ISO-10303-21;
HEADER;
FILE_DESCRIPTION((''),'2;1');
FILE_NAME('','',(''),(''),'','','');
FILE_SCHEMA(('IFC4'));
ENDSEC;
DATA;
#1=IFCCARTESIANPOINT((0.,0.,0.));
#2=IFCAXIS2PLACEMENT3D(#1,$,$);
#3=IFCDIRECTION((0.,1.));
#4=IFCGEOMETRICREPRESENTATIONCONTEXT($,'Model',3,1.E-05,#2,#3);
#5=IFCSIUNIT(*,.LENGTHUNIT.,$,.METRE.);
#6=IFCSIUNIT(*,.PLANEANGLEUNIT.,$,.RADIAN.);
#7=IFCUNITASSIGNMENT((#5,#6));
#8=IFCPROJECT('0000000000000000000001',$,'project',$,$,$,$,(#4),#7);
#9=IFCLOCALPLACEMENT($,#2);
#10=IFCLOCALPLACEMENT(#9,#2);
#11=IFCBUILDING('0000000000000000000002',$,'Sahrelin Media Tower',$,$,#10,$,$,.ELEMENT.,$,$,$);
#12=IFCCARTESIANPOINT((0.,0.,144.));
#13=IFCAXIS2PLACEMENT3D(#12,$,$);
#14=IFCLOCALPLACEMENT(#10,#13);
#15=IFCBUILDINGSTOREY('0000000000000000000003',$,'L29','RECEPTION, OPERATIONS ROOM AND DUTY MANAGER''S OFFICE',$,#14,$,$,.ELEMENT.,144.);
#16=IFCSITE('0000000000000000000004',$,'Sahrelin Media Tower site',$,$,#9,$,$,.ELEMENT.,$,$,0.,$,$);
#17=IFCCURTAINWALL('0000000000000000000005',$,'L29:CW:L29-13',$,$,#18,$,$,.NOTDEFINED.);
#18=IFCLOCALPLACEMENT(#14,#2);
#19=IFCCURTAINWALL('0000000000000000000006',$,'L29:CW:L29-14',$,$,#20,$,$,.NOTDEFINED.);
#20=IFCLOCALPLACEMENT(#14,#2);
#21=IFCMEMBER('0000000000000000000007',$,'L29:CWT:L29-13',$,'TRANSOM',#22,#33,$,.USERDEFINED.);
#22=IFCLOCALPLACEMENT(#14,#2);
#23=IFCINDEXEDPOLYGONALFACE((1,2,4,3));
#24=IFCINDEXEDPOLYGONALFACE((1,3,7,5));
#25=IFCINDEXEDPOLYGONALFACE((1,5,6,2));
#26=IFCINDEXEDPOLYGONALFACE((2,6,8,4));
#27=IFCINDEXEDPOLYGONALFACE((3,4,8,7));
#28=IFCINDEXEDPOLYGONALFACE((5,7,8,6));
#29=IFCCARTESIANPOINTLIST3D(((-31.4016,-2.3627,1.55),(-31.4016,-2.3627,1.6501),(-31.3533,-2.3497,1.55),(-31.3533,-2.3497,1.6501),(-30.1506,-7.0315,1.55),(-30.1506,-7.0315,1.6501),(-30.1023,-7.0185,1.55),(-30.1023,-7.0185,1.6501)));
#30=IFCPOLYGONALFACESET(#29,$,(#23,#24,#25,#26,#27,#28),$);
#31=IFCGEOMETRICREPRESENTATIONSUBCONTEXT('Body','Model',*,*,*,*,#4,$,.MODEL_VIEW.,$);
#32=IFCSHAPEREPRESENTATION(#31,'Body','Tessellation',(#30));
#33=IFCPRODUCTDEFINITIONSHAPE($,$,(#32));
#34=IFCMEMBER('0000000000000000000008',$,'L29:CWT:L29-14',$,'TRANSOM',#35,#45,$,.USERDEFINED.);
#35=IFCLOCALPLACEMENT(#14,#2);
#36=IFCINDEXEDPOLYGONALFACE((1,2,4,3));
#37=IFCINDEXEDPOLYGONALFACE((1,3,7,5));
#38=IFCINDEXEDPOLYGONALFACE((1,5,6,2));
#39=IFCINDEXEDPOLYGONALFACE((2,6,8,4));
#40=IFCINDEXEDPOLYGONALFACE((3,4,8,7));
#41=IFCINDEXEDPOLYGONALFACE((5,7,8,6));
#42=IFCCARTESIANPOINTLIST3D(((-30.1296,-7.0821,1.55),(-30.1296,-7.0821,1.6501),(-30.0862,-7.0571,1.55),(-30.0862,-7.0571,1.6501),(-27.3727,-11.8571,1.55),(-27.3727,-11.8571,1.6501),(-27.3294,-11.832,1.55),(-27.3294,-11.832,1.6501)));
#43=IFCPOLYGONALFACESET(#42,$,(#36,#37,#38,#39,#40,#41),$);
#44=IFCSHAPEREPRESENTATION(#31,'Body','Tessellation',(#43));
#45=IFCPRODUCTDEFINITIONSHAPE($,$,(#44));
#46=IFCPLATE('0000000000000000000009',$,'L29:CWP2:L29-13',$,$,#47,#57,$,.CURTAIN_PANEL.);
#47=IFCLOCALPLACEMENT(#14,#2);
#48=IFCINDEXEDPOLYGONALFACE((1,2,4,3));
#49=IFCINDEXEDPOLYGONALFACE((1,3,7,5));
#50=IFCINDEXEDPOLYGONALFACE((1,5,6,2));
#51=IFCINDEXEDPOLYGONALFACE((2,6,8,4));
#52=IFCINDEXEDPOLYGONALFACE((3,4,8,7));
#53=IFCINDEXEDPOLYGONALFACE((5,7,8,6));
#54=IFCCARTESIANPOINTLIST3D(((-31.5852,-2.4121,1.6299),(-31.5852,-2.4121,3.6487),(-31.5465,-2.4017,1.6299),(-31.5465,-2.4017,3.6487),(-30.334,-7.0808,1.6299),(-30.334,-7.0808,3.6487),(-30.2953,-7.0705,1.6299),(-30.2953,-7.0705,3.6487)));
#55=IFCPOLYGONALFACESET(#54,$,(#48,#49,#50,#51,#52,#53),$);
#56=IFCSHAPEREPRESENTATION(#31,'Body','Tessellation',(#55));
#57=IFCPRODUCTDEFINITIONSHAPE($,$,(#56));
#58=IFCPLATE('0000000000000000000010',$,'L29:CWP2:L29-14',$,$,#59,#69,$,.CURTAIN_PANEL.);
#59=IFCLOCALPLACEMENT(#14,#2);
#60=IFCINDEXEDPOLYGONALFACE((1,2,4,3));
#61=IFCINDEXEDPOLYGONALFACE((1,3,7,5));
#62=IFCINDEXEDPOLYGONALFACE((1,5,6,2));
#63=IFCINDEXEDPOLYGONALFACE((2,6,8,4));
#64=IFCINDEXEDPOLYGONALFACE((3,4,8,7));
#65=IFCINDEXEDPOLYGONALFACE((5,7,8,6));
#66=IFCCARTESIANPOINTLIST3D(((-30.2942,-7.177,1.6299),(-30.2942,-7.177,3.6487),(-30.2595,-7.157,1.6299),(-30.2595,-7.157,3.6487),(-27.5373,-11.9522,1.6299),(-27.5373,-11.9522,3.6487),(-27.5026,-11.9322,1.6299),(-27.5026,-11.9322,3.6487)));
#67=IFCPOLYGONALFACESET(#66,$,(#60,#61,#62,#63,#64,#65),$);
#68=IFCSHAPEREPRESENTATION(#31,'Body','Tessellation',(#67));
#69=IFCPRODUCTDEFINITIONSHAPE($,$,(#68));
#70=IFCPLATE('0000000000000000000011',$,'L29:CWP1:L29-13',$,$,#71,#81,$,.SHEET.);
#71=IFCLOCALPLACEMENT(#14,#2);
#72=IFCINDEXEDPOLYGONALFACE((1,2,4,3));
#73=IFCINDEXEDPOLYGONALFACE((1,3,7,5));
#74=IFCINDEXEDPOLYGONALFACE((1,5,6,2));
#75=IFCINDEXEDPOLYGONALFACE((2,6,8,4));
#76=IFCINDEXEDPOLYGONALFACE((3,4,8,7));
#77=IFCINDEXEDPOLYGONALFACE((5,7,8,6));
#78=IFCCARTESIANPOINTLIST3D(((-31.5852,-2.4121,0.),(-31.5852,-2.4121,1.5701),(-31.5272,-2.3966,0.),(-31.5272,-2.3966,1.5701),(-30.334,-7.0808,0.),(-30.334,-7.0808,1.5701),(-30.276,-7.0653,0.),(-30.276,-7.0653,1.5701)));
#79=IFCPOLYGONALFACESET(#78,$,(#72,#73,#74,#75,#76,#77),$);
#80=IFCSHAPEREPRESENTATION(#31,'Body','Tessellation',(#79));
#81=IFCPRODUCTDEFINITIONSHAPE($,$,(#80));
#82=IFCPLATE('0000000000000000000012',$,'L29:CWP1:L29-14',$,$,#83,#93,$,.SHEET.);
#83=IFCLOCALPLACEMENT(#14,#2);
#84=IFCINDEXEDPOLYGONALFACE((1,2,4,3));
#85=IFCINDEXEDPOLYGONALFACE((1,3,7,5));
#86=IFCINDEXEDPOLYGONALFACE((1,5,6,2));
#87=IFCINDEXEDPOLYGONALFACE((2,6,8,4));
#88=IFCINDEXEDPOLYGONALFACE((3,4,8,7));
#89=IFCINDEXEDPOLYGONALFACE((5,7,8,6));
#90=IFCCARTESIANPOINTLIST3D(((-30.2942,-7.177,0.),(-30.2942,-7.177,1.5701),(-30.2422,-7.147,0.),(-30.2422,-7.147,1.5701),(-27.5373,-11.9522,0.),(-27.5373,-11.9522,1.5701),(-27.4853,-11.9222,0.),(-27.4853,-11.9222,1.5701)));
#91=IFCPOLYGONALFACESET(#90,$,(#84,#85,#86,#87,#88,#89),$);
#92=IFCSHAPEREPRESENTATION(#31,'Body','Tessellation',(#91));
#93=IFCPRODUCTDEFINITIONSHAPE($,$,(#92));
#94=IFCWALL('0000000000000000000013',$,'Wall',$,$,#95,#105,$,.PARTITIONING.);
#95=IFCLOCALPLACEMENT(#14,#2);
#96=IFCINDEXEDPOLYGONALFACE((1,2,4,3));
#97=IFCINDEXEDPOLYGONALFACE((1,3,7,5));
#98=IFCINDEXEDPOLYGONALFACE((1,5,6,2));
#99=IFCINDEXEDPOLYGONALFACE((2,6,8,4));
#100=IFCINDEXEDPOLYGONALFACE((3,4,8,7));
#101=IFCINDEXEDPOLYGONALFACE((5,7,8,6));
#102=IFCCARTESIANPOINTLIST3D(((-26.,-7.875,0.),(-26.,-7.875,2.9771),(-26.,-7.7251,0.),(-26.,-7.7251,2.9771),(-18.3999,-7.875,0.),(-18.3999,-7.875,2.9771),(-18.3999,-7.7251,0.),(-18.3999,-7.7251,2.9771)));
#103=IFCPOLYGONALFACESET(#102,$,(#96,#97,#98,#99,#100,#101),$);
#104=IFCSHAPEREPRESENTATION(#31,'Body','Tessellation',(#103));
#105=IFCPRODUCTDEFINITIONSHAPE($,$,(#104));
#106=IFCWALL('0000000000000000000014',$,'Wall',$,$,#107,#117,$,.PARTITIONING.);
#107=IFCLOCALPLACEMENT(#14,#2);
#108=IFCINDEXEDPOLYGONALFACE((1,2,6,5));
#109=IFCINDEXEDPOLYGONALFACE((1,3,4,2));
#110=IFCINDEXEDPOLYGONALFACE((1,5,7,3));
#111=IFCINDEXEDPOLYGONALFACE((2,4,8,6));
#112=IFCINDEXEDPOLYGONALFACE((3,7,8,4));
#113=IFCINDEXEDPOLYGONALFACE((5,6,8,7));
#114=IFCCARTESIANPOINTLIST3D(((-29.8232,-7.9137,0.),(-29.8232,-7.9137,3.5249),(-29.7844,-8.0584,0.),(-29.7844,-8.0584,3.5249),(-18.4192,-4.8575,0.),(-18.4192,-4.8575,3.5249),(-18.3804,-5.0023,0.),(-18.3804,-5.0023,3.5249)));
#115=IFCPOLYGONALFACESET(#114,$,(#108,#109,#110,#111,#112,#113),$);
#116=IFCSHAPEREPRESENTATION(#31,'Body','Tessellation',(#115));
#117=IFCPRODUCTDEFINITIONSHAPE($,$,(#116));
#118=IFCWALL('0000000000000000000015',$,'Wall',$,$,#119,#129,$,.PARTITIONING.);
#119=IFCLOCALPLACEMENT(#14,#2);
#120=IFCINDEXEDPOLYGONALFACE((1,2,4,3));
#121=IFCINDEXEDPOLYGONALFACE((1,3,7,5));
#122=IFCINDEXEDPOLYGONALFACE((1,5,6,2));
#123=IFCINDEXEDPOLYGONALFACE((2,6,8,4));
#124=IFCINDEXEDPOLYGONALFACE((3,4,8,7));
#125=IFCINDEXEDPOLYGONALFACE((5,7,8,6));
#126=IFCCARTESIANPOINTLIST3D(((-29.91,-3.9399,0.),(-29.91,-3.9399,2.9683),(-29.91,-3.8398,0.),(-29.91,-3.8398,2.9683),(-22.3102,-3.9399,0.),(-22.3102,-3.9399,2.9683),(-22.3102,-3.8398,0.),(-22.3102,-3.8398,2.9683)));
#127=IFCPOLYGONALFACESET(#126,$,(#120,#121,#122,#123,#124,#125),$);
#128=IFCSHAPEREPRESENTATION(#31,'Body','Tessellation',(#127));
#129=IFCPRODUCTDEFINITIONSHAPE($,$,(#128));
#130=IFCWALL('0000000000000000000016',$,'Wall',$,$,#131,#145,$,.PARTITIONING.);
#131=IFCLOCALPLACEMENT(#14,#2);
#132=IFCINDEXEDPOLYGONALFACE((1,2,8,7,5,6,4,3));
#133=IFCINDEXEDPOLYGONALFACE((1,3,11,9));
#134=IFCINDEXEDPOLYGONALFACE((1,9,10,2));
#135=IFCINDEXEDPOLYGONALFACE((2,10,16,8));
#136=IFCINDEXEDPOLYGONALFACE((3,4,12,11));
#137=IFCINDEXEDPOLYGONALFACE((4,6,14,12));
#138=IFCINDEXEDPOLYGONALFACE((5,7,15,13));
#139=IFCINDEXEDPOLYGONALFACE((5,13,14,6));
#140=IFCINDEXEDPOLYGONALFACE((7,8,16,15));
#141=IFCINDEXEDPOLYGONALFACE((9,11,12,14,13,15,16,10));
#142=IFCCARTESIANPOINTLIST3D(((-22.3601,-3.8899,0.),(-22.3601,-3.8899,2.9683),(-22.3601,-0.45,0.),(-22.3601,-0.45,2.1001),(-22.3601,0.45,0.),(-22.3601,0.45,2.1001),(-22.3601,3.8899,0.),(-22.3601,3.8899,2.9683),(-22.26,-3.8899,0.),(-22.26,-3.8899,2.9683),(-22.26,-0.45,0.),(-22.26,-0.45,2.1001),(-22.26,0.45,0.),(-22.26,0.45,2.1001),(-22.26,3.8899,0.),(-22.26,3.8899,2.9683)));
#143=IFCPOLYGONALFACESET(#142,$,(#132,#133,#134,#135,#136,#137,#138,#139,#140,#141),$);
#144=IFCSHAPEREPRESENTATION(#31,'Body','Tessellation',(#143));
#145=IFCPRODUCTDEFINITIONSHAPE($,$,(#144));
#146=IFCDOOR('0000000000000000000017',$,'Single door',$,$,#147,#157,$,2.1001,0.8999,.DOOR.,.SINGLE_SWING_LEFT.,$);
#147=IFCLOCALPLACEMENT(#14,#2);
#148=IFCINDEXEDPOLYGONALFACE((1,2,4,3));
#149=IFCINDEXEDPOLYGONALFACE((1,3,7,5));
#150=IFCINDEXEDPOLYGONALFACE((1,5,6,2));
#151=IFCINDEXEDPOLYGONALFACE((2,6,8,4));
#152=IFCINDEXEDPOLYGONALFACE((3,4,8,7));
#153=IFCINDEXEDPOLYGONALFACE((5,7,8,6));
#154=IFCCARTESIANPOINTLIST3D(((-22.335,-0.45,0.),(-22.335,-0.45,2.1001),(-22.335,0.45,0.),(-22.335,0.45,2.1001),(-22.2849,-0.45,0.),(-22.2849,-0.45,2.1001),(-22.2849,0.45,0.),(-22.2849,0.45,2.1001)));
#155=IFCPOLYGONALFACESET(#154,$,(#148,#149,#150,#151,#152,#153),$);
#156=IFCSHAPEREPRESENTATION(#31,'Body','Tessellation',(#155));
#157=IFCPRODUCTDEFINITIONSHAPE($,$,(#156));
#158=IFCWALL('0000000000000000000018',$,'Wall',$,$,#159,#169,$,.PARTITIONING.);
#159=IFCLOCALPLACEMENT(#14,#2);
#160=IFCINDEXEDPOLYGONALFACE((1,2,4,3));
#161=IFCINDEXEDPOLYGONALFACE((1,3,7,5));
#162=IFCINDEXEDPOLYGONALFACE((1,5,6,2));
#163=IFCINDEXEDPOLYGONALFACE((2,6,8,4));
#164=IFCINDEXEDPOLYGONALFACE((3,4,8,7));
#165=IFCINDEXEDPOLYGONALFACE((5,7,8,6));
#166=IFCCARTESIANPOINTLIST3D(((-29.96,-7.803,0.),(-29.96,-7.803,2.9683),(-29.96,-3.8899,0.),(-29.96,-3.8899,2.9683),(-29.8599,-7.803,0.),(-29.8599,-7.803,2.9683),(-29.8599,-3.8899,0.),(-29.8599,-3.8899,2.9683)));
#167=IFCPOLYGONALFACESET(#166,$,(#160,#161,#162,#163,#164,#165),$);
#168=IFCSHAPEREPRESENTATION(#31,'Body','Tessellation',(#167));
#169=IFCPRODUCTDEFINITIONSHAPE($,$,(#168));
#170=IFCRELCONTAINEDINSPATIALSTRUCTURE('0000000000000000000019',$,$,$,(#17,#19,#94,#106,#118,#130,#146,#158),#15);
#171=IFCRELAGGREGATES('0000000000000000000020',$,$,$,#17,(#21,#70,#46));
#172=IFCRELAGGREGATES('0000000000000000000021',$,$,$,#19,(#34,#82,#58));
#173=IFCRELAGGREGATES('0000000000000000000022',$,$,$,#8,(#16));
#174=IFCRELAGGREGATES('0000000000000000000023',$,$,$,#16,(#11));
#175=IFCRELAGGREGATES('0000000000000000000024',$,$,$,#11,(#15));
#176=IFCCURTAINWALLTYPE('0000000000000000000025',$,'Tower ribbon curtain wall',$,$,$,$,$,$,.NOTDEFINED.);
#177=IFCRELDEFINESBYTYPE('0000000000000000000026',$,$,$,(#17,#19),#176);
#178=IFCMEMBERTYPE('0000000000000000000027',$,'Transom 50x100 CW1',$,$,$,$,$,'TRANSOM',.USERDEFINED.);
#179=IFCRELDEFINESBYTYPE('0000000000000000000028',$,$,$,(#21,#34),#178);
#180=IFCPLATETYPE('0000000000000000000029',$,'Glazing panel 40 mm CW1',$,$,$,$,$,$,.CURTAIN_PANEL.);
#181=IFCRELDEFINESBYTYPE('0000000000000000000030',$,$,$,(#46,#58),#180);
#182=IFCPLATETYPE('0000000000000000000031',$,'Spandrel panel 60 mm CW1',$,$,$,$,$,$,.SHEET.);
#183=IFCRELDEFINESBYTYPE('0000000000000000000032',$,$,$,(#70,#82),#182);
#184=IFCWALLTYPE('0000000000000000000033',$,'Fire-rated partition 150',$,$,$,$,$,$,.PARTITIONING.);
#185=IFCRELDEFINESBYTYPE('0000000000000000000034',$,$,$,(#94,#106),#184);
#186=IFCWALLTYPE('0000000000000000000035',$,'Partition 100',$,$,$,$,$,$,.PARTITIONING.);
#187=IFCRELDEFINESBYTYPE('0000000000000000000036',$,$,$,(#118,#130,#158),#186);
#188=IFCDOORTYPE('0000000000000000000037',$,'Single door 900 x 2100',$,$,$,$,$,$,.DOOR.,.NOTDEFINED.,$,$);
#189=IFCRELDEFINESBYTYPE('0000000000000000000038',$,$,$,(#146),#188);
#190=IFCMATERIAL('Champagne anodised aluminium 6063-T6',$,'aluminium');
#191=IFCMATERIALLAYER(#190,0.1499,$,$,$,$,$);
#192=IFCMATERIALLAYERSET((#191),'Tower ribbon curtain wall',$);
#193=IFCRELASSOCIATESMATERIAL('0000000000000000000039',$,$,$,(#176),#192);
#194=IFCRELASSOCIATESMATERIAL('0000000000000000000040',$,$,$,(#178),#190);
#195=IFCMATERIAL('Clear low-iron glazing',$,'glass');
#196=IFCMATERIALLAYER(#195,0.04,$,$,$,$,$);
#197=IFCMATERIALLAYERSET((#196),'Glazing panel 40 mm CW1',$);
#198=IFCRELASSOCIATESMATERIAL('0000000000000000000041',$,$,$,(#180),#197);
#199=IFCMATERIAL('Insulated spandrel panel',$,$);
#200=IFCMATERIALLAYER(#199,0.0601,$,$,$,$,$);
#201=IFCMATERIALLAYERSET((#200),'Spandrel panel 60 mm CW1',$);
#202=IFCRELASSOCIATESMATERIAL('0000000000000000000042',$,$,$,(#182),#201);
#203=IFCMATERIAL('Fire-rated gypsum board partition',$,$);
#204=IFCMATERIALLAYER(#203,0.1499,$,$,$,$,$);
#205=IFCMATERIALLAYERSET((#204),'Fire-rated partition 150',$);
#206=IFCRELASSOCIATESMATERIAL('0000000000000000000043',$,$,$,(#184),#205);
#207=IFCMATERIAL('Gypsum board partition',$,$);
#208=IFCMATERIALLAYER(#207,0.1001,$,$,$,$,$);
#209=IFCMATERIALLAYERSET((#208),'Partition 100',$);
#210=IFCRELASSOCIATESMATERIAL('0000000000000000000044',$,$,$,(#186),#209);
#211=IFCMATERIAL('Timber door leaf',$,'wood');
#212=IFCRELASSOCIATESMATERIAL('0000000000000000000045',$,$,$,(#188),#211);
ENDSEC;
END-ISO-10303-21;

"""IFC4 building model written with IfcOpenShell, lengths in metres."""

from ifc_helpers import new_model, si_unit, direction, frame, frame_2d, origin, origin_2d, place, context, subcontext, project, spatial, polyline, rectangle, outline, extrude, material, layer, layer_set, material_profile, profile_set, type_object, element, fill, aggregate, save


model = new_model("IFC4")

# Units and contexts
model_context = context("Model", 3, precision=1e-05, world=origin(), true_north=direction((0.0, 1.0)))
body_context = subcontext(model_context, "Body", "Model", "MODEL_VIEW")
ifc_project = project(units=[si_unit("LENGTHUNIT", "METRE"), si_unit("PLANEANGLEUNIT", "RADIAN")], contexts=[model_context])

# Site, building, storey
site_placement = place(None, origin())
site = spatial("IfcSite", under=ifc_project, at=site_placement, Name="Sahrelin Media Tower site", CompositionType="ELEMENT", RefElevation=0.0)
building_placement = place(site_placement, origin())
building = spatial("IfcBuilding", under=site, at=building_placement, Name="Sahrelin Media Tower", CompositionType="ELEMENT")
storey_placement = place(building_placement, frame((0.0, 0.0, 144.0)))
storey = spatial("IfcBuildingStorey", under=building, at=storey_placement, Name="L29", Description="RECEPTION, OPERATIONS ROOM AND DUTY MANAGER'S OFFICE", CompositionType="ELEMENT", Elevation=144.0)

# Curtain walls
ifc_material_1 = material(Name="Champagne anodised aluminium 6063-T6", Category="aluminium")
ifc_layer_1 = layer(ifc_material_1, 0.1499)
ifc_layer_set_1 = layer_set([ifc_layer_1], Name="Tower ribbon curtain wall")
curtain_wall_type = type_object("IfcCurtainWallType", Name="Tower ribbon curtain wall", PredefinedType="NOTDEFINED", material=ifc_layer_set_1)
curtain_wall_1_placement = place(storey_placement, frame((-30.9402, -4.7412, 0.0), z_axis=(0.0, 0.0, 1.0), x_axis=(1.0, 0.0, 0.0)))
curtain_wall_1 = element("IfcCurtainWall", 1, at=curtain_wall_1_placement, inside=storey, type_object=curtain_wall_type, Name="L29:CW:L29-13", PredefinedType="NOTDEFINED")
curtain_wall_2_placement = place(storey_placement, frame((-28.8984, -9.5547, 0.0), z_axis=(0.0, 0.0, 1.0), x_axis=(1.0, 0.0, 0.0)))
curtain_wall_2 = element("IfcCurtainWall", 2, at=curtain_wall_2_placement, inside=storey, type_object=curtain_wall_type, Name="L29:CW:L29-14", PredefinedType="NOTDEFINED")

# Members
ifc_material_profile_1 = material_profile(ifc_material_1, rectangle(XDim=0.05, YDim=0.1001, at=origin_2d()), Name="Transom 50x100")
ifc_profile_set_1 = profile_set([ifc_material_profile_1], Name="Champagne anodised aluminium 6063-T6")
member_type_1 = type_object("IfcMemberType", Name="Transom 50x100 CW1", ElementType="TRANSOM", PredefinedType="USERDEFINED", material=ifc_profile_set_1)
member_1_placement = place(storey_placement, frame((-31.3774, -2.3562, 1.6001), z_axis=(0.258819, -0.965926, 0.0), x_axis=(0.965926, 0.258819, 0.0)))
member_1 = element("IfcMember", 3, at=member_1_placement, type_object=member_type_1, Name="L29:CWT:L29-13", ObjectType="TRANSOM", PredefinedType="USERDEFINED", context=body_context, shape_type="SweptSolid", body=[
    extrude(rectangle(XDim=0.05, YDim=0.1001, at=origin_2d()), origin(), (0.0, 0.0, 1.0), 4.8335),
])
member_2_placement = place(storey_placement, frame((-30.1079, -7.0696, 1.6001), z_axis=(0.500006, -0.866022, 0.0), x_axis=(0.866022, 0.500006, 0.0)))
member_2 = element("IfcMember", 4, at=member_2_placement, type_object=member_type_1, Name="L29:CWT:L29-14", ObjectType="TRANSOM", PredefinedType="USERDEFINED", context=body_context, shape_type="SweptSolid", body=[
    extrude(rectangle(XDim=0.05, YDim=0.1001, at=origin_2d()), origin(), (0.0, 0.0, 1.0), 5.5137),
])

# Plates
ifc_material_2 = material(Name="Clear low-iron glazing", Category="glass")
ifc_layer_2 = layer(ifc_material_2, 0.04)
ifc_layer_set_2 = layer_set([ifc_layer_2], Name="Glazing panel 40 mm CW1")
plate_type_1 = type_object("IfcPlateType", Name="Glazing panel 40 mm CW1", PredefinedType="CURTAIN_PANEL", material=ifc_layer_set_2)
plate_1_placement = place(storey_placement, frame((-31.5852, -2.4121, 1.6299), z_axis=(-0.965913, -0.258867, 0.0), x_axis=(0.258867, -0.965913, 0.0)))
plate_1 = element("IfcPlate", 5, at=plate_1_placement, type_object=plate_type_1, Name="L29:CWP2:L29-13", PredefinedType="CURTAIN_PANEL", context=body_context, shape_type="SweptSolid", body=[
    extrude(outline(polyline([(0.0, 0.0), (4.8335, 0.0), (4.8335, 2.0188), (0.0, 2.0188), (0.0, 0.0)])), origin(), (0.0, 0.0, -1.0), 0.04),
])
plate_2_placement = place(storey_placement, frame((-30.2942, -7.177, 1.6299), z_axis=(-0.866033, -0.499987, 0.0), x_axis=(0.499987, -0.866033, 0.0)))
plate_2 = element("IfcPlate", 6, at=plate_2_placement, type_object=plate_type_1, Name="L29:CWP2:L29-14", PredefinedType="CURTAIN_PANEL", context=body_context, shape_type="SweptSolid", body=[
    extrude(outline(polyline([(0.0, 0.0), (5.5139, 0.0), (5.5139, 2.0188), (0.0, 2.0188), (0.0, 0.0)])), origin(), (0.0, 0.0, -1.0), 0.04),
])
ifc_material_3 = material(Name="Insulated spandrel panel")
ifc_layer_3 = layer(ifc_material_3, 0.0601)
ifc_layer_set_3 = layer_set([ifc_layer_3], Name="Spandrel panel 60 mm CW1")
plate_type_2 = type_object("IfcPlateType", Name="Spandrel panel 60 mm CW1", PredefinedType="SHEET", material=ifc_layer_set_3)
plate_3_placement = place(storey_placement, frame((-31.5852, -2.4121, 0.0), z_axis=(-0.965913, -0.258867, 0.0), x_axis=(0.258867, -0.965913, 0.0)))
plate_3 = element("IfcPlate", 7, at=plate_3_placement, type_object=plate_type_2, Name="L29:CWP1:L29-13", PredefinedType="SHEET", context=body_context, shape_type="SweptSolid", body=[
    extrude(outline(polyline([(0.0, 0.0), (4.8335, 0.0), (4.8335, 1.5701), (0.0, 1.5701), (0.0, 0.0)])), origin(), (0.0, 0.0, -1.0), 0.0601),
])
aggregate(curtain_wall_1, [member_1, plate_3, plate_1])
plate_4_placement = place(storey_placement, frame((-30.2942, -7.177, 0.0), z_axis=(-0.866033, -0.499987, 0.0), x_axis=(0.499987, -0.866033, 0.0)))
plate_4 = element("IfcPlate", 8, at=plate_4_placement, type_object=plate_type_2, Name="L29:CWP1:L29-14", PredefinedType="SHEET", context=body_context, shape_type="SweptSolid", body=[
    extrude(outline(polyline([(0.0, 0.0), (5.5139, 0.0), (5.5139, 1.5701), (0.0, 1.5701), (0.0, 0.0)])), origin(), (0.0, 0.0, -1.0), 0.0601),
])
aggregate(curtain_wall_2, [member_2, plate_4, plate_2])

# Walls
ifc_material_4 = material(Name="Fire-rated gypsum board partition")
ifc_layer_4 = layer(ifc_material_4, 0.1499)
ifc_layer_set_4 = layer_set([ifc_layer_4], Name="Fire-rated partition 150")
wall_type_1 = type_object("IfcWallType", Name="Fire-rated partition 150", PredefinedType="PARTITIONING", material=ifc_layer_set_4)
wall_1_placement = place(storey_placement, frame((-26.0, -7.8, 0.0), z_axis=(0.0, 0.0, 1.0), x_axis=(1.0, 0.0, 0.0)))
element("IfcWall", 9, at=wall_1_placement, inside=storey, type_object=wall_type_1, Name="Wall", PredefinedType="PARTITIONING", context=body_context, shape_type="SweptSolid", body=[
    extrude(rectangle(XDim=7.6001, YDim=0.1499, at=frame_2d((3.8, 0.0))), origin(), (0.0, 0.0, 1.0), 2.9771),
])
wall_2_placement = place(storey_placement, frame((-29.804, -7.9861, 0.0), z_axis=(0.0, 0.0, 1.0), x_axis=(0.965916, 0.258854, 0.0)))
element("IfcWall", 10, at=wall_2_placement, inside=storey, type_object=wall_type_1, Name="Wall", PredefinedType="PARTITIONING", context=body_context, shape_type="SweptSolid", body=[
    extrude(rectangle(XDim=11.8064, YDim=0.1499, at=frame_2d((5.9033, 0.0))), origin(), (0.0, 0.0, 1.0), 3.5249),
])
ifc_material_5 = material(Name="Gypsum board partition")
ifc_layer_5 = layer(ifc_material_5, 0.1001)
ifc_layer_set_5 = layer_set([ifc_layer_5], Name="Partition 100")
wall_type_2 = type_object("IfcWallType", Name="Partition 100", PredefinedType="PARTITIONING", material=ifc_layer_set_5)
wall_3_placement = place(storey_placement, frame((-29.9099, -3.8899, 0.0), z_axis=(0.0, 0.0, 1.0), x_axis=(1.0, 0.0, 0.0)))
element("IfcWall", 11, at=wall_3_placement, inside=storey, type_object=wall_type_2, Name="Wall", PredefinedType="PARTITIONING", context=body_context, shape_type="SweptSolid", body=[
    extrude(rectangle(XDim=7.5999, YDim=0.1001, at=frame_2d((3.7998, 0.0))), origin(), (0.0, 0.0, 1.0), 2.9683),
])

# Wall, opening, door
wall_4_placement = place(storey_placement, frame((-22.3101, -3.8899, 0.0), z_axis=(0.0, 0.0, 1.0), x_axis=(0.0, 1.0, 0.0)))
wall_4 = element("IfcWall", 12, at=wall_4_placement, inside=storey, type_object=wall_type_2, Name="Wall", PredefinedType="PARTITIONING", context=body_context, shape_type="SweptSolid", body=[
    extrude(rectangle(XDim=7.7798, YDim=0.1001, at=frame_2d((3.8899, 0.0))), origin(), (0.0, 0.0, 1.0), 2.9683),
])
opening_placement = place(wall_4_placement, frame((3.4399, 0.0, 0.0)))
opening = element("IfcOpeningElement", 13, at=opening_placement, cuts=wall_4, PredefinedType="OPENING", context=body_context, shape_type="SweptSolid", body=[
    extrude(rectangle(XDim=0.8999, YDim=2.1001, at=frame_2d((0.45, 1.05))), frame((0.0, 0.05, 0.0), z_axis=(0.0, -1.0, 0.0), x_axis=(1.0, 0.0, 0.0)), (0.0, 0.0, 1.0), 0.1001),
])
ifc_material_6 = material(Name="Timber door leaf", Category="wood")
door_type = type_object("IfcDoorType", Name="Single door 900 x 2100", OperationType="NOTDEFINED", PredefinedType="DOOR", material=ifc_material_6)
door_placement = place(opening_placement, origin())
door = element("IfcDoor", 14, at=door_placement, inside=storey, type_object=door_type, Name="Single door", OperationType="SINGLE_SWING_LEFT", OverallHeight=2.1001, OverallWidth=0.8999, PredefinedType="DOOR", context=body_context, shape_type="SweptSolid", body=[
    extrude(rectangle(XDim=0.8999, YDim=2.1001, at=frame_2d((0.45, 1.05))), frame((0.0, 0.0249, 0.0), z_axis=(0.0, -1.0, 0.0), x_axis=(1.0, 0.0, 0.0)), (0.0, 0.0, 1.0), 0.05),
])
fill(opening, door)

# Wall
wall_5_placement = place(storey_placement, frame((-29.9099, -7.803, 0.0), z_axis=(0.0, 0.0, 1.0), x_axis=(0.0, 1.0, 0.0)))
element("IfcWall", 15, at=wall_5_placement, inside=storey, type_object=wall_type_2, Name="Wall", PredefinedType="PARTITIONING", context=body_context, shape_type="SweptSolid", body=[
    extrude(rectangle(XDim=3.9131, YDim=0.1001, at=frame_2d((1.9565, 0.0))), origin(), (0.0, 0.0, 1.0), 2.9683),
])

save(model, "model.ifc")
